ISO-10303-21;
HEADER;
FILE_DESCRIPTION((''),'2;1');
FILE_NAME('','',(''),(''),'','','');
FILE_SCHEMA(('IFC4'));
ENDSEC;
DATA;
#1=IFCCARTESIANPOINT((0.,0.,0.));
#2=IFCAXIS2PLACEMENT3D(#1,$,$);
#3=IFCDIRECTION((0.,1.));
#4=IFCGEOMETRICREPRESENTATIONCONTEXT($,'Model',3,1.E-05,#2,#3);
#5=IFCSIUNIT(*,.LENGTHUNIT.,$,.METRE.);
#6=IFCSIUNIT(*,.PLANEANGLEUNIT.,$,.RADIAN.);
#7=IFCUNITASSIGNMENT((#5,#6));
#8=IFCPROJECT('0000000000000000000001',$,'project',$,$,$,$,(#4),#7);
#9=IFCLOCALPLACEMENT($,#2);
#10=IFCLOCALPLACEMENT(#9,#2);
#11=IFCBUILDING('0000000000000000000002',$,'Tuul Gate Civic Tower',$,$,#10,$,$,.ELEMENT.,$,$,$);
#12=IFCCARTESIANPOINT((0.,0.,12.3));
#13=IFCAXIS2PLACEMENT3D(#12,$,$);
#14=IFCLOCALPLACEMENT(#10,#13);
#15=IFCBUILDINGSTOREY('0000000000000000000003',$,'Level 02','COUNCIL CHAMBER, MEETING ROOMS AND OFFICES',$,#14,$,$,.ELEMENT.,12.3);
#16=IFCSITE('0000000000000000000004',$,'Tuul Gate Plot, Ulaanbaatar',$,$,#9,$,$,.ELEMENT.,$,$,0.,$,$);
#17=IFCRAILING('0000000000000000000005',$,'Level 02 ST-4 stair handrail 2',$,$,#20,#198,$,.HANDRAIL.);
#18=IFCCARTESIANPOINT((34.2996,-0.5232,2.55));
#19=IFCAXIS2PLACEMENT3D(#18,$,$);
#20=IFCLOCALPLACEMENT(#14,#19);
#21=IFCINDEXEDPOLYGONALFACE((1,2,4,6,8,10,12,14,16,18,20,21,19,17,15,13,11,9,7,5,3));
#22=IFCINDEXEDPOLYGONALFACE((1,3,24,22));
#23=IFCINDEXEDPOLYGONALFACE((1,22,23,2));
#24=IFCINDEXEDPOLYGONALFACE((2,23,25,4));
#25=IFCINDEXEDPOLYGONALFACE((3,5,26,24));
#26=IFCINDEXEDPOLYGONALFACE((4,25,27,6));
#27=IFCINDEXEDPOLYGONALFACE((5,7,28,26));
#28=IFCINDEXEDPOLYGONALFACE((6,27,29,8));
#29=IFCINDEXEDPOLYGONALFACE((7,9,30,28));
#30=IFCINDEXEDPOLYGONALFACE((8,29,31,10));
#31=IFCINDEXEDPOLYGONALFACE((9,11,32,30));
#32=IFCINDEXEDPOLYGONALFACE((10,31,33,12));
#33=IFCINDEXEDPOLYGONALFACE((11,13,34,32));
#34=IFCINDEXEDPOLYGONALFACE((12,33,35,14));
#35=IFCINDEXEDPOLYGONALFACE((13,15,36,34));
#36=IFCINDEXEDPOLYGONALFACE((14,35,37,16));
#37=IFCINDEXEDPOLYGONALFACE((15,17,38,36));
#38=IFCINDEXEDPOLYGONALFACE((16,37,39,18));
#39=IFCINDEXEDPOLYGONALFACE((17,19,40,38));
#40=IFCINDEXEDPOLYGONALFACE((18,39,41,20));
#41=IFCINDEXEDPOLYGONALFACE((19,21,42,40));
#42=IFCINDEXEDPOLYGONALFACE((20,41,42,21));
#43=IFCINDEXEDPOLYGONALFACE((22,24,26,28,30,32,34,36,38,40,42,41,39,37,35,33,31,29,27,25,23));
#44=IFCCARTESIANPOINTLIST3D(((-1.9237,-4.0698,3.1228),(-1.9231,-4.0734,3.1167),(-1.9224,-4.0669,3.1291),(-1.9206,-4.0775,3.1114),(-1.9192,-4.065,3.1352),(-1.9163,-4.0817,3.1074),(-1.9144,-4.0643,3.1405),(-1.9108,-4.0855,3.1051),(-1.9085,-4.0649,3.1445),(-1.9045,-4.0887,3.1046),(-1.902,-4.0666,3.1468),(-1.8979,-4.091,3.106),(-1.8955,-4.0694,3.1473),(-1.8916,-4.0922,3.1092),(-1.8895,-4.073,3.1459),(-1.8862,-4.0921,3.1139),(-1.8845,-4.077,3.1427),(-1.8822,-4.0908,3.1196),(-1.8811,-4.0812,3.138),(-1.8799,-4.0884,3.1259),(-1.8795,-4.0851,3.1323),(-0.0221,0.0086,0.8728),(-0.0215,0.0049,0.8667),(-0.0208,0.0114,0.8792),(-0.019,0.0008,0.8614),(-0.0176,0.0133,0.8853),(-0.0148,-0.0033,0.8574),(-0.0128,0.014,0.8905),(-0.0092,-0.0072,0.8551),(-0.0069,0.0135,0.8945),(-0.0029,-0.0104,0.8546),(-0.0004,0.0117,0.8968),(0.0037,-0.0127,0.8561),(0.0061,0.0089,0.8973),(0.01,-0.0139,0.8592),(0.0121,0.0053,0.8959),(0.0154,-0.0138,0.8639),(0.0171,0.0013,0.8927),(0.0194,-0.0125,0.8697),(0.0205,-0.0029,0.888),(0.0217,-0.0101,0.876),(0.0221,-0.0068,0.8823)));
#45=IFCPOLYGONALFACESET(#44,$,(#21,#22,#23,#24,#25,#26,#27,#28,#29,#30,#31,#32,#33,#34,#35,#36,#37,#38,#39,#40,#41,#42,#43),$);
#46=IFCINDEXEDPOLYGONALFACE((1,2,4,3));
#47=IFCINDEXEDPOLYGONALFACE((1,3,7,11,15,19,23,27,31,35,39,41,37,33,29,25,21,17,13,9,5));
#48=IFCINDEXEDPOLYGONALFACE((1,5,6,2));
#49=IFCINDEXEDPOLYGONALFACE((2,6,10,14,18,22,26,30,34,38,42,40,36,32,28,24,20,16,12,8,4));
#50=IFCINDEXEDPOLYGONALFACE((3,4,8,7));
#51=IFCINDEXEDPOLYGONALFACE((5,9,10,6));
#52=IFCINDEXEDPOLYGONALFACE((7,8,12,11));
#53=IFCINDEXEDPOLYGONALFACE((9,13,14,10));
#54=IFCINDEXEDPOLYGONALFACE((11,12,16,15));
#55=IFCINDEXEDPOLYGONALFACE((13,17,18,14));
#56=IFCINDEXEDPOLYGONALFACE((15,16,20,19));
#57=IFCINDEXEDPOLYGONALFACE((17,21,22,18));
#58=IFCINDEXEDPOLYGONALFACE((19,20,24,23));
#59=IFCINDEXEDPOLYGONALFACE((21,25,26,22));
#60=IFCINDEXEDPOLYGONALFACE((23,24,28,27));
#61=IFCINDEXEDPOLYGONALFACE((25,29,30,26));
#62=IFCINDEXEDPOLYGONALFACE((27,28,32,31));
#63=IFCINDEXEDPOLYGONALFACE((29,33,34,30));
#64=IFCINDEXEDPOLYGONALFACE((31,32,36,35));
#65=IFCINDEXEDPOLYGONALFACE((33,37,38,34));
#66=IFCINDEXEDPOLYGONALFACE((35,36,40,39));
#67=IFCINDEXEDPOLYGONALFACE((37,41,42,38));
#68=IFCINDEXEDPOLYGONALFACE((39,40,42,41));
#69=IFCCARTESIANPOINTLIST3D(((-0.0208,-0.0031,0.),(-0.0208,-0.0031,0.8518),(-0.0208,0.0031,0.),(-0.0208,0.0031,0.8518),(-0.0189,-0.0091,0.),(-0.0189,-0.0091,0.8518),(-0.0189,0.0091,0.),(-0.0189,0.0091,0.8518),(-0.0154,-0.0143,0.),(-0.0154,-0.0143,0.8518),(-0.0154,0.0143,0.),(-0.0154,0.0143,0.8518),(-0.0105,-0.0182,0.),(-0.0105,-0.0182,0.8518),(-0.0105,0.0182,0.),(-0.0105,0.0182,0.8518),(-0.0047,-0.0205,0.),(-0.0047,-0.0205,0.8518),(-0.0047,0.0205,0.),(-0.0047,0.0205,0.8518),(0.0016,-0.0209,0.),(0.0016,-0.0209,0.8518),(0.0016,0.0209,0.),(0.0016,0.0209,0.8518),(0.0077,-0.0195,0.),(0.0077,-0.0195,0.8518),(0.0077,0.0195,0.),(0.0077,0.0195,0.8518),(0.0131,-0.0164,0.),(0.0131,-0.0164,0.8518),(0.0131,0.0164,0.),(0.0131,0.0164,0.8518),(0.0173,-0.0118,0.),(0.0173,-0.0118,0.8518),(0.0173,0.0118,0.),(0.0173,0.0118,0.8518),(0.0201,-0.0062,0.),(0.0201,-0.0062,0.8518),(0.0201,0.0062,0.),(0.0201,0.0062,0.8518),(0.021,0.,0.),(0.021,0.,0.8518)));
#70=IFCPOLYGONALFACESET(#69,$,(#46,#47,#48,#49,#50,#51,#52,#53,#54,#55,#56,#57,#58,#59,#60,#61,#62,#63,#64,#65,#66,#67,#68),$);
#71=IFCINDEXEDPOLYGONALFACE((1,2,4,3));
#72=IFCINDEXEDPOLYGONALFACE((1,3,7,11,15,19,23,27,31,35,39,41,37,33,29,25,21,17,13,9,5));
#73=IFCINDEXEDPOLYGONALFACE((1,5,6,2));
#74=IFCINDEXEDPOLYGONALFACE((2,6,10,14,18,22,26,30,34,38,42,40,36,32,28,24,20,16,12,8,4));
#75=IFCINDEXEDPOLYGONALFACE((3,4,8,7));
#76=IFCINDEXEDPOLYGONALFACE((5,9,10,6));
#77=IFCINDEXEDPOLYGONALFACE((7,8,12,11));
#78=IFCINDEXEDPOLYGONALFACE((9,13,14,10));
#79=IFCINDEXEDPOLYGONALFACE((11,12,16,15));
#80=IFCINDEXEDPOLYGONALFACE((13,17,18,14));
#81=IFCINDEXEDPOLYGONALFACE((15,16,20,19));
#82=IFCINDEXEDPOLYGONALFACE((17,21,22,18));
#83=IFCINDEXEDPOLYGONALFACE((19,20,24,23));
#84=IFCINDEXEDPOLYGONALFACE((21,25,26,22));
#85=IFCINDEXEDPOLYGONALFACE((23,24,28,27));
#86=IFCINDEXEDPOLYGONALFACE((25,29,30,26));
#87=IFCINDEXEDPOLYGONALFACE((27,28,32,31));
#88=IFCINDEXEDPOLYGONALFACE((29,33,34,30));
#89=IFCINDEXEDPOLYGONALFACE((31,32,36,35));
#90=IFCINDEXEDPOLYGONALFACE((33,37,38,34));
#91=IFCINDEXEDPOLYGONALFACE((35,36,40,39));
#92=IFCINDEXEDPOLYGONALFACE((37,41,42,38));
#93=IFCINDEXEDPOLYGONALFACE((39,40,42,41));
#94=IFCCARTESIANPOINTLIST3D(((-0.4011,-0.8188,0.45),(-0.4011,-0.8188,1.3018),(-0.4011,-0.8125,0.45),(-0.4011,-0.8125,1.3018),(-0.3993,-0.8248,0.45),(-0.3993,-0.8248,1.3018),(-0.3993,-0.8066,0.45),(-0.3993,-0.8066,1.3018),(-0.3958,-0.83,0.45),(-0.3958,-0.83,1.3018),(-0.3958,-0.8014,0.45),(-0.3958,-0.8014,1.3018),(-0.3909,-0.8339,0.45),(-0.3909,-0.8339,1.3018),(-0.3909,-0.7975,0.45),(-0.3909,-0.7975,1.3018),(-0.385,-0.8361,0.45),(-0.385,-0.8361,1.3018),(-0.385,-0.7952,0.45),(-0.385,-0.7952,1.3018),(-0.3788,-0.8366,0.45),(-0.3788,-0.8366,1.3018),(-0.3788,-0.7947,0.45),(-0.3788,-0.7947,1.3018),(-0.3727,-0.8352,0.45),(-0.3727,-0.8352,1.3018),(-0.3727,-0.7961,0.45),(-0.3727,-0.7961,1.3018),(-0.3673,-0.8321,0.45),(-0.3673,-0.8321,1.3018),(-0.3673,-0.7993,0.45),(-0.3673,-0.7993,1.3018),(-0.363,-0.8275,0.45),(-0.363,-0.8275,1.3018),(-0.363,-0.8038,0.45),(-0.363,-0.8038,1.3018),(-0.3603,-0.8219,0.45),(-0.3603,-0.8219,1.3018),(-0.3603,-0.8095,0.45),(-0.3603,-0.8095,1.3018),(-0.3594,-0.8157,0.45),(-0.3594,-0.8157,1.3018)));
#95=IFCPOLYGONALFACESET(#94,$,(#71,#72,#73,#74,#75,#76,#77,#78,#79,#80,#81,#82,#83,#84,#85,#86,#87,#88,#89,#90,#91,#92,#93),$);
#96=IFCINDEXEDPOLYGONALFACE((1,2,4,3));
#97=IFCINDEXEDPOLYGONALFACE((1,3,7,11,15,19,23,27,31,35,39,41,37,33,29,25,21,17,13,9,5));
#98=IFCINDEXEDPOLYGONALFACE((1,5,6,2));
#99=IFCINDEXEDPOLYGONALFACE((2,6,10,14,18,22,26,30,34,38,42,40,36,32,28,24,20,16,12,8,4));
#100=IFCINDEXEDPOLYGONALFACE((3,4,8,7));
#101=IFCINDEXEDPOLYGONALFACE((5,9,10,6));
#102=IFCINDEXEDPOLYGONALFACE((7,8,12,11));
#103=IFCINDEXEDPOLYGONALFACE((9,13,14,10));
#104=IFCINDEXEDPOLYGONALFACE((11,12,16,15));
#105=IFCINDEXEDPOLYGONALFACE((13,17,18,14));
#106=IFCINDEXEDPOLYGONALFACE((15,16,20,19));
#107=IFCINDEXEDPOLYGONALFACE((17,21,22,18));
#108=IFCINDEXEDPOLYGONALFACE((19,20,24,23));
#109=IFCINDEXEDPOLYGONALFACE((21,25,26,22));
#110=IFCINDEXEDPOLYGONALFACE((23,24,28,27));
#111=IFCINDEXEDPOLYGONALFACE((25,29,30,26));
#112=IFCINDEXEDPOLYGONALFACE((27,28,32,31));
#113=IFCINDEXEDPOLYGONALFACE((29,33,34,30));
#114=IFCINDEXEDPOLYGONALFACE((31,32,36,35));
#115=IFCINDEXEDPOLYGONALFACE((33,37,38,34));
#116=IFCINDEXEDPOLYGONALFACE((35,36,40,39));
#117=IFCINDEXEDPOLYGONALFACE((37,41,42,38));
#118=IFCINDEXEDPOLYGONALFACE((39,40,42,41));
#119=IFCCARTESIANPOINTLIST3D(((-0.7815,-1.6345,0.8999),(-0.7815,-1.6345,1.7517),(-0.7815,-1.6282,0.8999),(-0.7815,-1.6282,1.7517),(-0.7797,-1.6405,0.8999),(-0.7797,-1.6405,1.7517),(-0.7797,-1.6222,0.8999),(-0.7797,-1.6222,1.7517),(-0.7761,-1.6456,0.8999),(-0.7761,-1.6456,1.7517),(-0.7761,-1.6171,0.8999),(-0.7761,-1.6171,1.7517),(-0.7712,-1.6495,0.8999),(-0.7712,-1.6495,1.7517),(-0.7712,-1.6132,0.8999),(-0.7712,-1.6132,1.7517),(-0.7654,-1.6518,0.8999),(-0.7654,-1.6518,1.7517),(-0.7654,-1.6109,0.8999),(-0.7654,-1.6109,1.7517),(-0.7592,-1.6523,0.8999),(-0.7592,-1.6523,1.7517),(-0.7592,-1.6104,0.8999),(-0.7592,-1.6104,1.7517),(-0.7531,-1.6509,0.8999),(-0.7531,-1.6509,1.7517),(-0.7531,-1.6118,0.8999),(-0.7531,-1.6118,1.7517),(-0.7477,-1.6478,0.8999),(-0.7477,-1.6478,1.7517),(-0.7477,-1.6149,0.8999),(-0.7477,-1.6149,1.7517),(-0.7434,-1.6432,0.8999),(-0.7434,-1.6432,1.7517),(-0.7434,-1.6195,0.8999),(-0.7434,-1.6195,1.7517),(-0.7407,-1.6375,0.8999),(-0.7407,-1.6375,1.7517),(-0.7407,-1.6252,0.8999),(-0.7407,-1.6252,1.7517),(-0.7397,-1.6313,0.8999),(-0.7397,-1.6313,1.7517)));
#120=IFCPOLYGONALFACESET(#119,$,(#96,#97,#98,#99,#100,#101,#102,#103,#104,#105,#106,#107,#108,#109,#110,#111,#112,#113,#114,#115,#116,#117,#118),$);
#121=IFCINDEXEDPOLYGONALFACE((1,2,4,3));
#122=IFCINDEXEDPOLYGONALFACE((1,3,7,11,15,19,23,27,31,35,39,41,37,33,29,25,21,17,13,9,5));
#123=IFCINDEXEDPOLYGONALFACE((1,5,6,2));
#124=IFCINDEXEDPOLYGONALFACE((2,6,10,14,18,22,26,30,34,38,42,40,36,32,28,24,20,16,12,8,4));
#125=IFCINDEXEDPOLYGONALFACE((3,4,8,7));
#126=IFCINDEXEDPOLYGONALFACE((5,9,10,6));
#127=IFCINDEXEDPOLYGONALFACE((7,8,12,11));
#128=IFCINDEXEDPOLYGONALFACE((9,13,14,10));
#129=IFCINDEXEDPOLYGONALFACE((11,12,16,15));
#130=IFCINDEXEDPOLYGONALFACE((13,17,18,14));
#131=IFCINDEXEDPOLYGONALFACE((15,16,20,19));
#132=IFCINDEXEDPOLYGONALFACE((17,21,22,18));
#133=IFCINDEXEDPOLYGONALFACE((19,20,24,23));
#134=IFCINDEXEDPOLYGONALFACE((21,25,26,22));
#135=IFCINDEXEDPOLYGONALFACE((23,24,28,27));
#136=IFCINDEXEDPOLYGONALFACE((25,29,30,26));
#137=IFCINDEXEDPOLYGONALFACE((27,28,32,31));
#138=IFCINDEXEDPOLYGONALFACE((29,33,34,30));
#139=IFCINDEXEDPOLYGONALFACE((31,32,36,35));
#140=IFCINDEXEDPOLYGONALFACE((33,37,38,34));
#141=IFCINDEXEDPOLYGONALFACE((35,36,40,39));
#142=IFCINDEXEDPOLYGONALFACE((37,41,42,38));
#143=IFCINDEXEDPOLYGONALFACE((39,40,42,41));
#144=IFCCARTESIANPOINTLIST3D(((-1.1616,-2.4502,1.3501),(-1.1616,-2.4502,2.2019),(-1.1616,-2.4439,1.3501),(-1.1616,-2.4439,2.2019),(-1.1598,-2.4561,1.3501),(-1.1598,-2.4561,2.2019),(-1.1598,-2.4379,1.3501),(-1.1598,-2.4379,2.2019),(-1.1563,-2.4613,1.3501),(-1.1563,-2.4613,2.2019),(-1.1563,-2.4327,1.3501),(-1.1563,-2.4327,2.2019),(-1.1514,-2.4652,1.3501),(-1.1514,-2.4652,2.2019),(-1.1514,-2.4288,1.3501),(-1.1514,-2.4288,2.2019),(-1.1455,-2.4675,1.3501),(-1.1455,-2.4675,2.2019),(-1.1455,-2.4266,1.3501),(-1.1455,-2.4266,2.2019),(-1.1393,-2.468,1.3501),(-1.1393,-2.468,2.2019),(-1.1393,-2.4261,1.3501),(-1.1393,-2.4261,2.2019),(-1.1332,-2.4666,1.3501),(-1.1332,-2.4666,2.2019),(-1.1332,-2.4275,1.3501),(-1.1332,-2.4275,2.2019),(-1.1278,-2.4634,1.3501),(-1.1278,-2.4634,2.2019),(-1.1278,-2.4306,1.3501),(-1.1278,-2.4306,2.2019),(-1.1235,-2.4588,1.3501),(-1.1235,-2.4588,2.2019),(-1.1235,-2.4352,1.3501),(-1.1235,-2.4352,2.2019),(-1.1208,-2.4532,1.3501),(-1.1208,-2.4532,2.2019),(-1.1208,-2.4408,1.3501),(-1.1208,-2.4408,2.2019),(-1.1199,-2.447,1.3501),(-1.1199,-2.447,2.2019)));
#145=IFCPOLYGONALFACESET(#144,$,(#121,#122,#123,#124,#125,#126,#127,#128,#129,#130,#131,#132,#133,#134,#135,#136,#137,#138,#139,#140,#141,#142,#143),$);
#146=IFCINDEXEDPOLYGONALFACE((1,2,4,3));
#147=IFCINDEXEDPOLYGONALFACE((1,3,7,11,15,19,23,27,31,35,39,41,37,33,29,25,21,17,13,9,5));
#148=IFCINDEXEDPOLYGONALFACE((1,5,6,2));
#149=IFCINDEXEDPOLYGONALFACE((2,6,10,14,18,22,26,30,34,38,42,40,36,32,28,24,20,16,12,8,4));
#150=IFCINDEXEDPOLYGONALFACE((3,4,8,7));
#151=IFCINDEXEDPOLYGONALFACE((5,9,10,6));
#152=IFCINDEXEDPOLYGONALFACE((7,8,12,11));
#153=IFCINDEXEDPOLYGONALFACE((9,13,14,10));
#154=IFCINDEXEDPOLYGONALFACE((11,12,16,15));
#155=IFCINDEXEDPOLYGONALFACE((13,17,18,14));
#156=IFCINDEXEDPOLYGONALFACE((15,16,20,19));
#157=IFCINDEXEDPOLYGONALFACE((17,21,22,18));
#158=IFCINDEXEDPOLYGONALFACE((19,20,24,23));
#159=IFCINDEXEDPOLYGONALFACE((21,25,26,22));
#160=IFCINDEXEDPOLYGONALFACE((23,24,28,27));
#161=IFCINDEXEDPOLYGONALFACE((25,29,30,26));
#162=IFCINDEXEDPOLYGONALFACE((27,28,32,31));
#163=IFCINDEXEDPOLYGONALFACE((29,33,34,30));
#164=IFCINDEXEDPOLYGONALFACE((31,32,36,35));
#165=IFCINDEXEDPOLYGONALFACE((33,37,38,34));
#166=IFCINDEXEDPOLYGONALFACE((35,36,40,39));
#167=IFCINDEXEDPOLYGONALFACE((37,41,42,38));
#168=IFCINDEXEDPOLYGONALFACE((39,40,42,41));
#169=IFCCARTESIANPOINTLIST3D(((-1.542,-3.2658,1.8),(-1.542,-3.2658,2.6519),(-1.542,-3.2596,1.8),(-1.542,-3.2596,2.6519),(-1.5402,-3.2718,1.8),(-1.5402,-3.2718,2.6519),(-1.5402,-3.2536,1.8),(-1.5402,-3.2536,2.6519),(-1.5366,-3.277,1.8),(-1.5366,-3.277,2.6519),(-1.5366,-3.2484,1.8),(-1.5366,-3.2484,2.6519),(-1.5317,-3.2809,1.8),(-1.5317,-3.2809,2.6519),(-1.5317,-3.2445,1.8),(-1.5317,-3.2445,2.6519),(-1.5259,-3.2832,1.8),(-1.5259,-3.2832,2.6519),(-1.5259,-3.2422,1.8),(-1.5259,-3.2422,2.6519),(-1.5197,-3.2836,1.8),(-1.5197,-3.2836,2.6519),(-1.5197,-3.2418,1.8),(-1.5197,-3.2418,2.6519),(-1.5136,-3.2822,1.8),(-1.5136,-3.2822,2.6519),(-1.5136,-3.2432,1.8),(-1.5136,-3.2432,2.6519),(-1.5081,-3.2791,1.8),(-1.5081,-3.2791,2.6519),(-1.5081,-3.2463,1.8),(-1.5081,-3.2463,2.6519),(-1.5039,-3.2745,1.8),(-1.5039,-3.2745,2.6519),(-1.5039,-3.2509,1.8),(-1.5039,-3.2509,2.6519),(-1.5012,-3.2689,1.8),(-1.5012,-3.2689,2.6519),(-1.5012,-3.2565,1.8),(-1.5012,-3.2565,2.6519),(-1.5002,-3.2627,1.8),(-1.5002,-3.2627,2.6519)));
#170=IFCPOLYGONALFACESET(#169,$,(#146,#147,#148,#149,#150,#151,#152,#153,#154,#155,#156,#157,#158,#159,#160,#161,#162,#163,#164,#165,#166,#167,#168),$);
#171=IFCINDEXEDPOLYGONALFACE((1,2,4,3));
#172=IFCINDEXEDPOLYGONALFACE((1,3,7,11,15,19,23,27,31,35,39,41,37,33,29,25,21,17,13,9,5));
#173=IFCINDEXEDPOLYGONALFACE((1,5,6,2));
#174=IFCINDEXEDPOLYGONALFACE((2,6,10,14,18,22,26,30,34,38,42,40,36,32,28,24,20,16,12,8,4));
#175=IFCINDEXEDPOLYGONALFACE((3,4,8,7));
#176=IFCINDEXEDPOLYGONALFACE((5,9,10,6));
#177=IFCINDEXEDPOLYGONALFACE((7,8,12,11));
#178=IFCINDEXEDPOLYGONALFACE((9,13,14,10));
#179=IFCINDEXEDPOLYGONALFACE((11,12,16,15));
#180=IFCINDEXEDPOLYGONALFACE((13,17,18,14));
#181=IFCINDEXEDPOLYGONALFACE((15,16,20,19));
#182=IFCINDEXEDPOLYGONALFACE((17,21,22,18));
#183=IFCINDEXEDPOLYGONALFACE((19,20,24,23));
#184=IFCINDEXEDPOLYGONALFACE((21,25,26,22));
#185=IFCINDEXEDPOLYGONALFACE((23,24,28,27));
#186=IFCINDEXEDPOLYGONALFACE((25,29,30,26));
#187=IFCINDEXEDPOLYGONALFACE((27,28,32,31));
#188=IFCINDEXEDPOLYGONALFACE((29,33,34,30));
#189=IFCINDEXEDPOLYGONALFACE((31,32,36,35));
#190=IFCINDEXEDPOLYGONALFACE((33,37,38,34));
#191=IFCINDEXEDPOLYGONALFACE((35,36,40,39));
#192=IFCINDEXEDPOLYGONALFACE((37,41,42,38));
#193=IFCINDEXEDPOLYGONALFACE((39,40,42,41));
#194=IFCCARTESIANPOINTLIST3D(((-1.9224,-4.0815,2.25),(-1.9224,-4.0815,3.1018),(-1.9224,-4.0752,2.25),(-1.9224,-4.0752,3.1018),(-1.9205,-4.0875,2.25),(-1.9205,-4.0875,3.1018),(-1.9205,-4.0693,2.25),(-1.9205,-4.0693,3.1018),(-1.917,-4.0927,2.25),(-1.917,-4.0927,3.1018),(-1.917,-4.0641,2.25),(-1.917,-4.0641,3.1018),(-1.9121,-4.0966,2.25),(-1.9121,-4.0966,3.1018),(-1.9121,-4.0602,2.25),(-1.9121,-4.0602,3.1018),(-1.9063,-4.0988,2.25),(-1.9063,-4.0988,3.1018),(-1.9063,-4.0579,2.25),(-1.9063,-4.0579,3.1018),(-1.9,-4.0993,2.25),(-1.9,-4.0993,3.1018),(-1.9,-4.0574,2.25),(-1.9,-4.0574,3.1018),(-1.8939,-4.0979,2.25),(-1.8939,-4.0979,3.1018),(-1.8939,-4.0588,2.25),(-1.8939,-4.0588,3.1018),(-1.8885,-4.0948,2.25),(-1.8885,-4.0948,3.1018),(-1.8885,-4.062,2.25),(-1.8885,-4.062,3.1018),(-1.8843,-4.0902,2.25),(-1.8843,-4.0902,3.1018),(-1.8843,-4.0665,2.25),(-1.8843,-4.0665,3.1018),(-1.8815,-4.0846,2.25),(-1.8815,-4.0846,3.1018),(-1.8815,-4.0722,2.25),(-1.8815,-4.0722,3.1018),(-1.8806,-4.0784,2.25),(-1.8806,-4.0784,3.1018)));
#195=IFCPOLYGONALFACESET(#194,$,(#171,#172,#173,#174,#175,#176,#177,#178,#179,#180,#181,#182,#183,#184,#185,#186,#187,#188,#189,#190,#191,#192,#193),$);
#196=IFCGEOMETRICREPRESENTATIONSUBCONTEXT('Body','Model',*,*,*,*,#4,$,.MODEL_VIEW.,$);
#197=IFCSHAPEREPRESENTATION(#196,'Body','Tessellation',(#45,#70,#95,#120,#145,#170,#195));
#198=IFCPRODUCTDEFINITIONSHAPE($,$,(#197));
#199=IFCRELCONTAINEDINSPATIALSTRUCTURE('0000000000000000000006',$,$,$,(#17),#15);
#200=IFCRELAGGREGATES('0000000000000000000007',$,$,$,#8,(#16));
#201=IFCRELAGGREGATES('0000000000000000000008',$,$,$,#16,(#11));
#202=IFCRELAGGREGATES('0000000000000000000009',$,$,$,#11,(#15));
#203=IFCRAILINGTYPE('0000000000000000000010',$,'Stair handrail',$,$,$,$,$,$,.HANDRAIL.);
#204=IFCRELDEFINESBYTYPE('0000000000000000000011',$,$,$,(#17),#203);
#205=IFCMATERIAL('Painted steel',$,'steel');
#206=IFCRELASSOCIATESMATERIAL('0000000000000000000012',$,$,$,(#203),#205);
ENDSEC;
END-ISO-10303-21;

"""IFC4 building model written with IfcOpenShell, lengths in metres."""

from ifc_helpers import new_model, si_unit, direction, frame, origin, origin_2d, place, context, subcontext, project, spatial, circle, extrude, material, type_object, element, save


model = new_model("IFC4")

# Units and contexts
model_context = context("Model", 3, precision=1e-05, world=origin(), true_north=direction((0.0, 1.0)))
body_context = subcontext(model_context, "Body", "Model", "MODEL_VIEW")
ifc_project = project(units=[si_unit("LENGTHUNIT", "METRE"), si_unit("PLANEANGLEUNIT", "RADIAN")], contexts=[model_context])

# Site, building, storey
site_placement = place(None, origin())
site = spatial("IfcSite", under=ifc_project, at=site_placement, Name="Tuul Gate Plot, Ulaanbaatar", CompositionType="ELEMENT", RefElevation=0.0)
building_placement = place(site_placement, origin())
building = spatial("IfcBuilding", under=site, at=building_placement, Name="Tuul Gate Civic Tower", CompositionType="ELEMENT")
storey_placement = place(building_placement, frame((0.0, 0.0, 12.3)))
storey = spatial("IfcBuildingStorey", under=building, at=storey_placement, Name="Level 02", Description="COUNCIL CHAMBER, MEETING ROOMS AND OFFICES", CompositionType="ELEMENT", Elevation=12.3)

# Railing
ifc_material_1 = material(Name="Painted steel", Category="steel")
railing_type = type_object("IfcRailingType", Name="Stair handrail", PredefinedType="HANDRAIL", material=ifc_material_1)
railing_placement = place(storey_placement, frame((34.2996, -0.5232, 2.55)))
element("IfcRailing", 1, at=railing_placement, inside=storey, type_object=railing_type, Name="Level 02 ST-4 stair handrail 2", PredefinedType="HANDRAIL", context=body_context, shape_type="SweptSolid", body=[
    extrude(circle(Radius=0.0239, at=origin_2d()), frame((0.0, 0.0, 0.876), z_axis=(-0.377973, -0.810636, 0.44722), x_axis=(0.906322, -0.422588, 0.0)), (0.0, 0.0, 1.0), 5.031),
    extrude(circle(Radius=0.021, at=origin_2d()), origin(), (0.0, 0.0, 1.0), 0.8518),
    extrude(circle(Radius=0.021, at=origin_2d()), frame((-0.3804, -0.8157, 0.45)), (0.0, 0.0, 1.0), 0.8518),
    extrude(circle(Radius=0.021, at=origin_2d()), frame((-0.7607, -1.6313, 0.8999)), (0.0, 0.0, 1.0), 0.8518),
    extrude(circle(Radius=0.021, at=origin_2d()), frame((-1.1409, -2.447, 1.3501)), (0.0, 0.0, 1.0), 0.8518),
    extrude(circle(Radius=0.021, at=origin_2d()), frame((-1.5212, -3.2627, 1.8)), (0.0, 0.0, 1.0), 0.8518),
    extrude(circle(Radius=0.021, at=origin_2d()), frame((-1.9016, -4.0784, 2.25)), (0.0, 0.0, 1.0), 0.8518),
])

save(model, "model.ifc")
